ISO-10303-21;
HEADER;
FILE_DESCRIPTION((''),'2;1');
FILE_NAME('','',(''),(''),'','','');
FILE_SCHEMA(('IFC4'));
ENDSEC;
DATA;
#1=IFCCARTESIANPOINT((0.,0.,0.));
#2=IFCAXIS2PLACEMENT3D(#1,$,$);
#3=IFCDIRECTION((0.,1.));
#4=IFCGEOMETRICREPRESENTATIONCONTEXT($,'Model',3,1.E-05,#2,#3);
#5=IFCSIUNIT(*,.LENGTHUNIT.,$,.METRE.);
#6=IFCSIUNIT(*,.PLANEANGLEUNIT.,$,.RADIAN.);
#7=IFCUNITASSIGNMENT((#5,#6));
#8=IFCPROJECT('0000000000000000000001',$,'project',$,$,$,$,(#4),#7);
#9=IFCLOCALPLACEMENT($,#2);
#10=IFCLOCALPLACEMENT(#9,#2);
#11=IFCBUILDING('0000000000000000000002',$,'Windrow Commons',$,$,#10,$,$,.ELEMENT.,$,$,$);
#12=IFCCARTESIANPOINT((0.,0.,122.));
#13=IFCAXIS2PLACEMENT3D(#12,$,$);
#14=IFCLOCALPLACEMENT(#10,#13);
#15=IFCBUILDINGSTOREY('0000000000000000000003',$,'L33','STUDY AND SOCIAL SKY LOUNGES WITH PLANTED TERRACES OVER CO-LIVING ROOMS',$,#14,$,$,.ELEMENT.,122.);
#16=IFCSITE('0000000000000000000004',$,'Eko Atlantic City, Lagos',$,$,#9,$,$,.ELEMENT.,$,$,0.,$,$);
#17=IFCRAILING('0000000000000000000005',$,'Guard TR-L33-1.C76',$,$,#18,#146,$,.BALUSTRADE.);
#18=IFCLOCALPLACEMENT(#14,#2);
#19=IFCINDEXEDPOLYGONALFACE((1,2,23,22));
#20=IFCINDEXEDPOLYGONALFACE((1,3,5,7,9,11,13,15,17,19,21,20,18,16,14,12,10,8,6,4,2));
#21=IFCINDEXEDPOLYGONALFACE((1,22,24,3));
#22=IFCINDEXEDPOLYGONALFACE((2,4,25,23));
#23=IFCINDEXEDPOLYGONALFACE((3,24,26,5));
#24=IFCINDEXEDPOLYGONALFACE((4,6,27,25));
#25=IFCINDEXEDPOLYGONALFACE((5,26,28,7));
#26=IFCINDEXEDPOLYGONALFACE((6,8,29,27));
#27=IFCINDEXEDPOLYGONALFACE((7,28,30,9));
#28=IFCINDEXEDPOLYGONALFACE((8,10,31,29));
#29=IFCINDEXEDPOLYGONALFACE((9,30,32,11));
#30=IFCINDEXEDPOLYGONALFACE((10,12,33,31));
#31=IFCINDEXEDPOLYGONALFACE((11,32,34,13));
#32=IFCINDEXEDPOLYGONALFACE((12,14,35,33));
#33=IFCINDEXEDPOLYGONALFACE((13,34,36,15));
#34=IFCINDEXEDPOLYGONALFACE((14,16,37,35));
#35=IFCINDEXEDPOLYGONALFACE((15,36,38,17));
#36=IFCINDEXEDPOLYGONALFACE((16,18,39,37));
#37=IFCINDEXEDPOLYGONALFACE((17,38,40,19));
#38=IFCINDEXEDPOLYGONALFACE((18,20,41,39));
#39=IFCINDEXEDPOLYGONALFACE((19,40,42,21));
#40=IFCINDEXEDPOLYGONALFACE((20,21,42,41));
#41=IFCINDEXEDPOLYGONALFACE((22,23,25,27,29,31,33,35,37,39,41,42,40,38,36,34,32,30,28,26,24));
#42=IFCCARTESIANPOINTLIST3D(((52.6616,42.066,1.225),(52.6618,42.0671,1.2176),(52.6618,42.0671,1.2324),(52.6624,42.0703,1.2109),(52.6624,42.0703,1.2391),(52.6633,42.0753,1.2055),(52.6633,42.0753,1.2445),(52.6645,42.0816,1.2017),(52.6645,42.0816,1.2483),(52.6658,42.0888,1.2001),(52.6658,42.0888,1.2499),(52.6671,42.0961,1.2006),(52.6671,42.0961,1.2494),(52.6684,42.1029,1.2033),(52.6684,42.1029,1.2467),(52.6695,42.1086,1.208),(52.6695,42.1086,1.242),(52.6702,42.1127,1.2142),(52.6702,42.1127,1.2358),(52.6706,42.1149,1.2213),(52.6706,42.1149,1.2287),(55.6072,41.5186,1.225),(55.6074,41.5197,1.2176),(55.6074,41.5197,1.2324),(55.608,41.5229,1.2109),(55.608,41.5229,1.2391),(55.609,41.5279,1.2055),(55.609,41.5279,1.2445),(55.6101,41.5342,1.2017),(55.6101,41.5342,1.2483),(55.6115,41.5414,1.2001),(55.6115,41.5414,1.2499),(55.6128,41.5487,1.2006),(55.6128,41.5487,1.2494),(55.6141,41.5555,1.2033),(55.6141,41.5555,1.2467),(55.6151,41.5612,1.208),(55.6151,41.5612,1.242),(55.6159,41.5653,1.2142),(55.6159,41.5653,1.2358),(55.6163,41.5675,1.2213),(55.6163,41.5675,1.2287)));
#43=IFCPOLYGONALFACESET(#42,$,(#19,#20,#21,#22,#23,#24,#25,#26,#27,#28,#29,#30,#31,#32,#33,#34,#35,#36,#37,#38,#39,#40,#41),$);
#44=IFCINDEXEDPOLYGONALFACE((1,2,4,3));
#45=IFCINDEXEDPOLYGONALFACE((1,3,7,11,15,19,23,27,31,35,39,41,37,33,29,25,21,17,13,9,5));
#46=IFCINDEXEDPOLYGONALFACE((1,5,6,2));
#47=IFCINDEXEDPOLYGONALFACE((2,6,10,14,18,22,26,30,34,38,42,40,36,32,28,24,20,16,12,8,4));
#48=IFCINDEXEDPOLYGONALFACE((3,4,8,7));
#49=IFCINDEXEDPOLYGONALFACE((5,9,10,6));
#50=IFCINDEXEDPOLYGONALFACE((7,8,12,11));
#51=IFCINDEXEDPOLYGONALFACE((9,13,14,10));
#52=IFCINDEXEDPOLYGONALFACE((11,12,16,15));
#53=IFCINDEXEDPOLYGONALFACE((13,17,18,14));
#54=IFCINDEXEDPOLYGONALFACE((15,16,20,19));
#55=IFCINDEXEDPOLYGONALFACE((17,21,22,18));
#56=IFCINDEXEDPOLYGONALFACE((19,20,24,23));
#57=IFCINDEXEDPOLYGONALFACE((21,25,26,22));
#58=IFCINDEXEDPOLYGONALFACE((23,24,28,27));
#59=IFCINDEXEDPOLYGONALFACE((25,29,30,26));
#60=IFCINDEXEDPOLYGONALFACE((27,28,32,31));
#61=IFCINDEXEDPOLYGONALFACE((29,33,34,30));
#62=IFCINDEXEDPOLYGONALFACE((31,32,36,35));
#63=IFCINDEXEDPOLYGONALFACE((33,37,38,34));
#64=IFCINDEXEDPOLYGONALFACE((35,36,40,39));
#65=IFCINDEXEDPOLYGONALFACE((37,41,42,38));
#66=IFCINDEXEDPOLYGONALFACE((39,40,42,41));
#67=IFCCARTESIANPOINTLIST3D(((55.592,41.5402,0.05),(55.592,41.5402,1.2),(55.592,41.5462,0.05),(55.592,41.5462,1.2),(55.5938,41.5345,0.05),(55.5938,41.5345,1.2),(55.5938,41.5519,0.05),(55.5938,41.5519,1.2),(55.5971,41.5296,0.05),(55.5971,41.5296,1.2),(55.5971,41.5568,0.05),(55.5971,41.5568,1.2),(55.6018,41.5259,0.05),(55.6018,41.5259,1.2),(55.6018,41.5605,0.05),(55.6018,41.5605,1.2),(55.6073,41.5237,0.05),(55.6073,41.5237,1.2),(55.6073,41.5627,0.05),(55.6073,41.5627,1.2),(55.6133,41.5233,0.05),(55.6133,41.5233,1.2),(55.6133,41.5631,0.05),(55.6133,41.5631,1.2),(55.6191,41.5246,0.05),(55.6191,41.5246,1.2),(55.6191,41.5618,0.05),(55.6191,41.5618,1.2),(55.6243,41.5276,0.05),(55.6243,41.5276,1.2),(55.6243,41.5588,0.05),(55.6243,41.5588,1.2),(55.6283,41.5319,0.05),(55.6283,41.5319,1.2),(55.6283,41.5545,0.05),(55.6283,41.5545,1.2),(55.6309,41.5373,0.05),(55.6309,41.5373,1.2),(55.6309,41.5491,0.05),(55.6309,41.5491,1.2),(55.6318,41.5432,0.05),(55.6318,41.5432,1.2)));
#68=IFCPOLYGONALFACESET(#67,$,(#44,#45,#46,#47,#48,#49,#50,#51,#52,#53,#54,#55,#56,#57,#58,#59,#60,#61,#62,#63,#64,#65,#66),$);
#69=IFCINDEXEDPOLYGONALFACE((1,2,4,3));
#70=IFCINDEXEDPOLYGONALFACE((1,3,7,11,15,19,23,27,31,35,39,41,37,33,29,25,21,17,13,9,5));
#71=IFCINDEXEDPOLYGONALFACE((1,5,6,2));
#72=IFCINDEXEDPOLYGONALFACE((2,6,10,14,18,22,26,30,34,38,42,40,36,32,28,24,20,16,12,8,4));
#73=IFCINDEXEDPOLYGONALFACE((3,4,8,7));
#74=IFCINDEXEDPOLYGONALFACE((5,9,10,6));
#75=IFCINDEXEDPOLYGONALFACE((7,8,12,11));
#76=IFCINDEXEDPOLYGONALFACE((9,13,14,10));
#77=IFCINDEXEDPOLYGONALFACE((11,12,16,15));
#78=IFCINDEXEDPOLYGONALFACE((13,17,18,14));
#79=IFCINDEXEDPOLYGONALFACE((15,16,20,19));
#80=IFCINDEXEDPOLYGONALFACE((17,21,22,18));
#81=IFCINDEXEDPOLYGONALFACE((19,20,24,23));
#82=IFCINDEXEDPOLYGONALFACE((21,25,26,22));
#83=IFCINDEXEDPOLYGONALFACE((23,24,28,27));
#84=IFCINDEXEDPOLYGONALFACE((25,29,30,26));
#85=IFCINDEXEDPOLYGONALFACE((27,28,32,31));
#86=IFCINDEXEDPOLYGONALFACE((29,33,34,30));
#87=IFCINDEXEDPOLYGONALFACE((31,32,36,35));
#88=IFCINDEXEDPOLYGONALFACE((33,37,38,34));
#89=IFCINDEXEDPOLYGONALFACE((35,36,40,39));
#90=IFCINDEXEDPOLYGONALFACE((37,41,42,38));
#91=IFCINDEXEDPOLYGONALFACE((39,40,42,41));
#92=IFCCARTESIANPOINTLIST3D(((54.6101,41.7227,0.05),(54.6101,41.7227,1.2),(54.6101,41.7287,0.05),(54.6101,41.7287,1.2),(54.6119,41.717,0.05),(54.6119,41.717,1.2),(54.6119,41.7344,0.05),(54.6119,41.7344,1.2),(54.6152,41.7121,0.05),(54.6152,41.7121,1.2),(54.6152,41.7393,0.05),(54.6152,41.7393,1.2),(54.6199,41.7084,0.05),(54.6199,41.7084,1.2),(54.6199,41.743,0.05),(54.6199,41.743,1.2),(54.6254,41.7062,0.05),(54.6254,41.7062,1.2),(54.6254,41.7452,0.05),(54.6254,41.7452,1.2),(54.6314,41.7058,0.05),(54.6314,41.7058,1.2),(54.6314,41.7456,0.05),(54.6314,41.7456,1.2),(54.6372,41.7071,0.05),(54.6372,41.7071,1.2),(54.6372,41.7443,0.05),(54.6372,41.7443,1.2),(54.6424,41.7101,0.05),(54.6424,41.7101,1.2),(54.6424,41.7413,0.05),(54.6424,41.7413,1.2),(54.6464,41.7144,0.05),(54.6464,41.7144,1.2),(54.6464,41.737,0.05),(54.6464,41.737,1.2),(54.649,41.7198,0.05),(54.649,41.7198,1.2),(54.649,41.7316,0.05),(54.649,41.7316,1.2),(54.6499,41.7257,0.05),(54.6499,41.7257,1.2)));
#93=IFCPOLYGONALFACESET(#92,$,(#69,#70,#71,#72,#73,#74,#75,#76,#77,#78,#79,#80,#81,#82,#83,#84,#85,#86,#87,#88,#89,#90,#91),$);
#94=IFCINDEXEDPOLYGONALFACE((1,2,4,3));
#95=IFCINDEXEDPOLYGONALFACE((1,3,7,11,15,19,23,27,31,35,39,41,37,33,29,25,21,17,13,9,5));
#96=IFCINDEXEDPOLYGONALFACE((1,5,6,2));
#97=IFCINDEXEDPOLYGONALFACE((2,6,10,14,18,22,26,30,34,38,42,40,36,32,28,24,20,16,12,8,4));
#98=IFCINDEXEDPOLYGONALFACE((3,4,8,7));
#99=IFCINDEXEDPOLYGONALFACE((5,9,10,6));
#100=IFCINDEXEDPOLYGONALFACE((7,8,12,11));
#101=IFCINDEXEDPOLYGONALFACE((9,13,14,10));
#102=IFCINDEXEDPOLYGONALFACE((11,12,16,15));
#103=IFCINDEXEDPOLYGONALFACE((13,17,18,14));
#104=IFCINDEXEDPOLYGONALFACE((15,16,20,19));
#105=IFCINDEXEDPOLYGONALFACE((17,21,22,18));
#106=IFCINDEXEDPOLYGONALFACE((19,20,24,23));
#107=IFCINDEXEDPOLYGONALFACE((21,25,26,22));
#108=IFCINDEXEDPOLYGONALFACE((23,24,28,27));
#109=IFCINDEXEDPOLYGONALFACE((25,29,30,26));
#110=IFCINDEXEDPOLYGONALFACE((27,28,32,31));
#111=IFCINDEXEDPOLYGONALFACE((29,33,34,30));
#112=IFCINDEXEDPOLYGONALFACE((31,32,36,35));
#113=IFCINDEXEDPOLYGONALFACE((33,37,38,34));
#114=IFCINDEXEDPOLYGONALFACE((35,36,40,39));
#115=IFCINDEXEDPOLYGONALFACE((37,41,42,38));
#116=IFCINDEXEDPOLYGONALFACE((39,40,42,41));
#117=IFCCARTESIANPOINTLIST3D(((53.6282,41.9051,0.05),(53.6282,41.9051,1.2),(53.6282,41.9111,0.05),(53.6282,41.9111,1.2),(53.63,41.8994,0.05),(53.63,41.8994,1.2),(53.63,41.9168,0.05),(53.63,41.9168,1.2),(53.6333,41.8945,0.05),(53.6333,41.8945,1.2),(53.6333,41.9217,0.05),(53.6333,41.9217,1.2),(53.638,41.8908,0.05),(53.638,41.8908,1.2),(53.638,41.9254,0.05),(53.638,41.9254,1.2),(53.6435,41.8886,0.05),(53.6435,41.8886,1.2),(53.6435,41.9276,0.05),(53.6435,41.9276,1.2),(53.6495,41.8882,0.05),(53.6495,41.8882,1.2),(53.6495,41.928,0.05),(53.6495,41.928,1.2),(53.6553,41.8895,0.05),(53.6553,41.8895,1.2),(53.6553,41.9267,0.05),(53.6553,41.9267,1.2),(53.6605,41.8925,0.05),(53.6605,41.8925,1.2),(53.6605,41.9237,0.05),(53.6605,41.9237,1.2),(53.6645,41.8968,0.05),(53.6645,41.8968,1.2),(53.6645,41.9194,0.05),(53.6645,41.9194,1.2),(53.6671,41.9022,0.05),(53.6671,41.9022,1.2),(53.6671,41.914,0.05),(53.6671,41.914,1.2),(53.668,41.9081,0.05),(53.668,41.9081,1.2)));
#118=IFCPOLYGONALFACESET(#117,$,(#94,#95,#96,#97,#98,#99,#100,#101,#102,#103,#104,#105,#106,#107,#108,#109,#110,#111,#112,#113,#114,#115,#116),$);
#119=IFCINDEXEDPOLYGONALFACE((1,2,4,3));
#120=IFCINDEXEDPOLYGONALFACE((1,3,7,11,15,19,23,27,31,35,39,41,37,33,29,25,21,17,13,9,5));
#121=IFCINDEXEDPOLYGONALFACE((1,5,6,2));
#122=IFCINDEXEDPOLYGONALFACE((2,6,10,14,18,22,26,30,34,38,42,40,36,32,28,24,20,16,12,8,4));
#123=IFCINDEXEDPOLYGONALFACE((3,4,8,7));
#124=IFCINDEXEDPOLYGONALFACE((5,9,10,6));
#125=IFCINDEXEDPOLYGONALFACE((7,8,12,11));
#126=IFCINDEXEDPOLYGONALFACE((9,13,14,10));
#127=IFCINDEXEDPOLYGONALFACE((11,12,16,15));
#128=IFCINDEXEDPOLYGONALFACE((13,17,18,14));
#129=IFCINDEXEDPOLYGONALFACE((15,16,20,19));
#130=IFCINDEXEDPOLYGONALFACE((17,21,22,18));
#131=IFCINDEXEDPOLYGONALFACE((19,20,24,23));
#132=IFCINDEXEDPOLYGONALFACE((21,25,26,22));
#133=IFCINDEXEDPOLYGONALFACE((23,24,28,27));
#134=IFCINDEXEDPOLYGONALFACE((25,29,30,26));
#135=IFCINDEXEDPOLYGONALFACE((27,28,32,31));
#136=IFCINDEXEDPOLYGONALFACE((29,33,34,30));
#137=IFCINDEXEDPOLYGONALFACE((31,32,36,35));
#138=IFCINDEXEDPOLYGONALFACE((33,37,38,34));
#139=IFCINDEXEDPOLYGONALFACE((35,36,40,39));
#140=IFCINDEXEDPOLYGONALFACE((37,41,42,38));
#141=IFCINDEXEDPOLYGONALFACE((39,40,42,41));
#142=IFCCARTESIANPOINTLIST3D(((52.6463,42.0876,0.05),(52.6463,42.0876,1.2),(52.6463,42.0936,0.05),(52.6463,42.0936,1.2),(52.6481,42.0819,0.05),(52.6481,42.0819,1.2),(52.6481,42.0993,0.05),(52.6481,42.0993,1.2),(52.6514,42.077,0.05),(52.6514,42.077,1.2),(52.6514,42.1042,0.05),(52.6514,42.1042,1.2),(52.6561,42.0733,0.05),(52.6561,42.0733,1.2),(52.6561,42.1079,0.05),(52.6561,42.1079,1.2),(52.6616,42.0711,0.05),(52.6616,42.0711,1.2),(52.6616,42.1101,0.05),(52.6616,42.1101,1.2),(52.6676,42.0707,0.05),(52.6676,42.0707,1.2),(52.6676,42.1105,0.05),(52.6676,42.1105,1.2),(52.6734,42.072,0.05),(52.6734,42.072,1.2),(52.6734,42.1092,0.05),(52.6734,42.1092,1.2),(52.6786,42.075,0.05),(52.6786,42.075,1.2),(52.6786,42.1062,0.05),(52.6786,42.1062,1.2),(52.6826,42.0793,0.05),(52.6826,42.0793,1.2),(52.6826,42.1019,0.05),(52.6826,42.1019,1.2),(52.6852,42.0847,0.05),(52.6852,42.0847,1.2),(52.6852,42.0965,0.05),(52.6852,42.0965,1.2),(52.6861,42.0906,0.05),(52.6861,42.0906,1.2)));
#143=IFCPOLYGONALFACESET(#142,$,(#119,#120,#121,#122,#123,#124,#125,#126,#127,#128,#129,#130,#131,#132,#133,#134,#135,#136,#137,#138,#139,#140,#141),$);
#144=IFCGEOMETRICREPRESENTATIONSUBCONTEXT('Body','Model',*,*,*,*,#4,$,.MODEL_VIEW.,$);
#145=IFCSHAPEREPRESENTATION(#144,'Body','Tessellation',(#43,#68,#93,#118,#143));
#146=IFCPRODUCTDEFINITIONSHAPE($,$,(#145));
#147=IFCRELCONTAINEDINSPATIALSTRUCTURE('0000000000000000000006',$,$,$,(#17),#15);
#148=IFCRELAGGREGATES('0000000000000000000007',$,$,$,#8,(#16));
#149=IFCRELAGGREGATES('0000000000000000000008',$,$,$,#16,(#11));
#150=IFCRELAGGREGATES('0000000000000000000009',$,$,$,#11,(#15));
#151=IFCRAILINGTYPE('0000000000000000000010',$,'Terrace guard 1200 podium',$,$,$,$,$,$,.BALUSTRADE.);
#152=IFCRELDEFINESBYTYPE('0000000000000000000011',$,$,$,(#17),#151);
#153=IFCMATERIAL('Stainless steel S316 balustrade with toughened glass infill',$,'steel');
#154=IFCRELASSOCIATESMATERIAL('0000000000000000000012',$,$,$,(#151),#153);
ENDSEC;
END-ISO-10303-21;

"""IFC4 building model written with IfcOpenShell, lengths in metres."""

from ifc_helpers import new_model, si_unit, direction, frame, origin, origin_2d, place, context, subcontext, project, spatial, circle, extrude, material, type_object, element, save


model = new_model("IFC4")

# Units and contexts
model_context = context("Model", 3, precision=1e-05, world=origin(), true_north=direction((0.0, 1.0)))
body_context = subcontext(model_context, "Body", "Model", "MODEL_VIEW")
ifc_project = project(units=[si_unit("LENGTHUNIT", "METRE"), si_unit("PLANEANGLEUNIT", "RADIAN")], contexts=[model_context])

# Site, building, storey
site_placement = place(None, origin())
site = spatial("IfcSite", under=ifc_project, at=site_placement, Name="Eko Atlantic City, Lagos", CompositionType="ELEMENT", RefElevation=0.0)
building_placement = place(site_placement, origin())
building = spatial("IfcBuilding", under=site, at=building_placement, Name="Windrow Commons", CompositionType="ELEMENT")
storey_placement = place(building_placement, frame((0.0, 0.0, 122.0)))
storey = spatial("IfcBuildingStorey", under=building, at=storey_placement, Name="L33", Description="STUDY AND SOCIAL SKY LOUNGES WITH PLANTED TERRACES OVER CO-LIVING ROOMS", CompositionType="ELEMENT", Elevation=122.0)

# Railing
ifc_material_1 = material(Name="Stainless steel S316 balustrade with toughened glass infill", Category="steel")
railing_type = type_object("IfcRailingType", Name="Terrace guard 1200 podium", PredefinedType="BALUSTRADE", material=ifc_material_1)
railing_1_placement = place(storey_placement, frame((55.6118, 41.5432, 0.05)))
element("IfcRailing", 1, at=railing_1_placement, inside=storey, type_object=railing_type, Name="Guard TR-L33-1.C76", PredefinedType="BALUSTRADE", context=body_context, shape_type="SweptSolid", body=[
    extrude(circle(Radius=0.025, at=origin_2d()), frame((0.0, 0.0, 1.175), z_axis=(-0.983168, 0.182702, 0.0), x_axis=(-0.182702, -0.983168, 0.0)), (0.0, 0.0, 1.0), 2.9961),
    extrude(circle(Radius=0.02, at=origin_2d()), origin(), (0.0, 0.0, 1.0), 1.15),
    extrude(circle(Radius=0.02, at=origin_2d()), frame((-0.9819, 0.1825, 0.0)), (0.0, 0.0, 1.0), 1.15),
    extrude(circle(Radius=0.02, at=origin_2d()), frame((-1.9638, 0.3649, 0.0)), (0.0, 0.0, 1.0), 1.15),
    extrude(circle(Radius=0.02, at=origin_2d()), frame((-2.9457, 0.5474, 0.0)), (0.0, 0.0, 1.0), 1.15),
])

save(model, "model.ifc")
